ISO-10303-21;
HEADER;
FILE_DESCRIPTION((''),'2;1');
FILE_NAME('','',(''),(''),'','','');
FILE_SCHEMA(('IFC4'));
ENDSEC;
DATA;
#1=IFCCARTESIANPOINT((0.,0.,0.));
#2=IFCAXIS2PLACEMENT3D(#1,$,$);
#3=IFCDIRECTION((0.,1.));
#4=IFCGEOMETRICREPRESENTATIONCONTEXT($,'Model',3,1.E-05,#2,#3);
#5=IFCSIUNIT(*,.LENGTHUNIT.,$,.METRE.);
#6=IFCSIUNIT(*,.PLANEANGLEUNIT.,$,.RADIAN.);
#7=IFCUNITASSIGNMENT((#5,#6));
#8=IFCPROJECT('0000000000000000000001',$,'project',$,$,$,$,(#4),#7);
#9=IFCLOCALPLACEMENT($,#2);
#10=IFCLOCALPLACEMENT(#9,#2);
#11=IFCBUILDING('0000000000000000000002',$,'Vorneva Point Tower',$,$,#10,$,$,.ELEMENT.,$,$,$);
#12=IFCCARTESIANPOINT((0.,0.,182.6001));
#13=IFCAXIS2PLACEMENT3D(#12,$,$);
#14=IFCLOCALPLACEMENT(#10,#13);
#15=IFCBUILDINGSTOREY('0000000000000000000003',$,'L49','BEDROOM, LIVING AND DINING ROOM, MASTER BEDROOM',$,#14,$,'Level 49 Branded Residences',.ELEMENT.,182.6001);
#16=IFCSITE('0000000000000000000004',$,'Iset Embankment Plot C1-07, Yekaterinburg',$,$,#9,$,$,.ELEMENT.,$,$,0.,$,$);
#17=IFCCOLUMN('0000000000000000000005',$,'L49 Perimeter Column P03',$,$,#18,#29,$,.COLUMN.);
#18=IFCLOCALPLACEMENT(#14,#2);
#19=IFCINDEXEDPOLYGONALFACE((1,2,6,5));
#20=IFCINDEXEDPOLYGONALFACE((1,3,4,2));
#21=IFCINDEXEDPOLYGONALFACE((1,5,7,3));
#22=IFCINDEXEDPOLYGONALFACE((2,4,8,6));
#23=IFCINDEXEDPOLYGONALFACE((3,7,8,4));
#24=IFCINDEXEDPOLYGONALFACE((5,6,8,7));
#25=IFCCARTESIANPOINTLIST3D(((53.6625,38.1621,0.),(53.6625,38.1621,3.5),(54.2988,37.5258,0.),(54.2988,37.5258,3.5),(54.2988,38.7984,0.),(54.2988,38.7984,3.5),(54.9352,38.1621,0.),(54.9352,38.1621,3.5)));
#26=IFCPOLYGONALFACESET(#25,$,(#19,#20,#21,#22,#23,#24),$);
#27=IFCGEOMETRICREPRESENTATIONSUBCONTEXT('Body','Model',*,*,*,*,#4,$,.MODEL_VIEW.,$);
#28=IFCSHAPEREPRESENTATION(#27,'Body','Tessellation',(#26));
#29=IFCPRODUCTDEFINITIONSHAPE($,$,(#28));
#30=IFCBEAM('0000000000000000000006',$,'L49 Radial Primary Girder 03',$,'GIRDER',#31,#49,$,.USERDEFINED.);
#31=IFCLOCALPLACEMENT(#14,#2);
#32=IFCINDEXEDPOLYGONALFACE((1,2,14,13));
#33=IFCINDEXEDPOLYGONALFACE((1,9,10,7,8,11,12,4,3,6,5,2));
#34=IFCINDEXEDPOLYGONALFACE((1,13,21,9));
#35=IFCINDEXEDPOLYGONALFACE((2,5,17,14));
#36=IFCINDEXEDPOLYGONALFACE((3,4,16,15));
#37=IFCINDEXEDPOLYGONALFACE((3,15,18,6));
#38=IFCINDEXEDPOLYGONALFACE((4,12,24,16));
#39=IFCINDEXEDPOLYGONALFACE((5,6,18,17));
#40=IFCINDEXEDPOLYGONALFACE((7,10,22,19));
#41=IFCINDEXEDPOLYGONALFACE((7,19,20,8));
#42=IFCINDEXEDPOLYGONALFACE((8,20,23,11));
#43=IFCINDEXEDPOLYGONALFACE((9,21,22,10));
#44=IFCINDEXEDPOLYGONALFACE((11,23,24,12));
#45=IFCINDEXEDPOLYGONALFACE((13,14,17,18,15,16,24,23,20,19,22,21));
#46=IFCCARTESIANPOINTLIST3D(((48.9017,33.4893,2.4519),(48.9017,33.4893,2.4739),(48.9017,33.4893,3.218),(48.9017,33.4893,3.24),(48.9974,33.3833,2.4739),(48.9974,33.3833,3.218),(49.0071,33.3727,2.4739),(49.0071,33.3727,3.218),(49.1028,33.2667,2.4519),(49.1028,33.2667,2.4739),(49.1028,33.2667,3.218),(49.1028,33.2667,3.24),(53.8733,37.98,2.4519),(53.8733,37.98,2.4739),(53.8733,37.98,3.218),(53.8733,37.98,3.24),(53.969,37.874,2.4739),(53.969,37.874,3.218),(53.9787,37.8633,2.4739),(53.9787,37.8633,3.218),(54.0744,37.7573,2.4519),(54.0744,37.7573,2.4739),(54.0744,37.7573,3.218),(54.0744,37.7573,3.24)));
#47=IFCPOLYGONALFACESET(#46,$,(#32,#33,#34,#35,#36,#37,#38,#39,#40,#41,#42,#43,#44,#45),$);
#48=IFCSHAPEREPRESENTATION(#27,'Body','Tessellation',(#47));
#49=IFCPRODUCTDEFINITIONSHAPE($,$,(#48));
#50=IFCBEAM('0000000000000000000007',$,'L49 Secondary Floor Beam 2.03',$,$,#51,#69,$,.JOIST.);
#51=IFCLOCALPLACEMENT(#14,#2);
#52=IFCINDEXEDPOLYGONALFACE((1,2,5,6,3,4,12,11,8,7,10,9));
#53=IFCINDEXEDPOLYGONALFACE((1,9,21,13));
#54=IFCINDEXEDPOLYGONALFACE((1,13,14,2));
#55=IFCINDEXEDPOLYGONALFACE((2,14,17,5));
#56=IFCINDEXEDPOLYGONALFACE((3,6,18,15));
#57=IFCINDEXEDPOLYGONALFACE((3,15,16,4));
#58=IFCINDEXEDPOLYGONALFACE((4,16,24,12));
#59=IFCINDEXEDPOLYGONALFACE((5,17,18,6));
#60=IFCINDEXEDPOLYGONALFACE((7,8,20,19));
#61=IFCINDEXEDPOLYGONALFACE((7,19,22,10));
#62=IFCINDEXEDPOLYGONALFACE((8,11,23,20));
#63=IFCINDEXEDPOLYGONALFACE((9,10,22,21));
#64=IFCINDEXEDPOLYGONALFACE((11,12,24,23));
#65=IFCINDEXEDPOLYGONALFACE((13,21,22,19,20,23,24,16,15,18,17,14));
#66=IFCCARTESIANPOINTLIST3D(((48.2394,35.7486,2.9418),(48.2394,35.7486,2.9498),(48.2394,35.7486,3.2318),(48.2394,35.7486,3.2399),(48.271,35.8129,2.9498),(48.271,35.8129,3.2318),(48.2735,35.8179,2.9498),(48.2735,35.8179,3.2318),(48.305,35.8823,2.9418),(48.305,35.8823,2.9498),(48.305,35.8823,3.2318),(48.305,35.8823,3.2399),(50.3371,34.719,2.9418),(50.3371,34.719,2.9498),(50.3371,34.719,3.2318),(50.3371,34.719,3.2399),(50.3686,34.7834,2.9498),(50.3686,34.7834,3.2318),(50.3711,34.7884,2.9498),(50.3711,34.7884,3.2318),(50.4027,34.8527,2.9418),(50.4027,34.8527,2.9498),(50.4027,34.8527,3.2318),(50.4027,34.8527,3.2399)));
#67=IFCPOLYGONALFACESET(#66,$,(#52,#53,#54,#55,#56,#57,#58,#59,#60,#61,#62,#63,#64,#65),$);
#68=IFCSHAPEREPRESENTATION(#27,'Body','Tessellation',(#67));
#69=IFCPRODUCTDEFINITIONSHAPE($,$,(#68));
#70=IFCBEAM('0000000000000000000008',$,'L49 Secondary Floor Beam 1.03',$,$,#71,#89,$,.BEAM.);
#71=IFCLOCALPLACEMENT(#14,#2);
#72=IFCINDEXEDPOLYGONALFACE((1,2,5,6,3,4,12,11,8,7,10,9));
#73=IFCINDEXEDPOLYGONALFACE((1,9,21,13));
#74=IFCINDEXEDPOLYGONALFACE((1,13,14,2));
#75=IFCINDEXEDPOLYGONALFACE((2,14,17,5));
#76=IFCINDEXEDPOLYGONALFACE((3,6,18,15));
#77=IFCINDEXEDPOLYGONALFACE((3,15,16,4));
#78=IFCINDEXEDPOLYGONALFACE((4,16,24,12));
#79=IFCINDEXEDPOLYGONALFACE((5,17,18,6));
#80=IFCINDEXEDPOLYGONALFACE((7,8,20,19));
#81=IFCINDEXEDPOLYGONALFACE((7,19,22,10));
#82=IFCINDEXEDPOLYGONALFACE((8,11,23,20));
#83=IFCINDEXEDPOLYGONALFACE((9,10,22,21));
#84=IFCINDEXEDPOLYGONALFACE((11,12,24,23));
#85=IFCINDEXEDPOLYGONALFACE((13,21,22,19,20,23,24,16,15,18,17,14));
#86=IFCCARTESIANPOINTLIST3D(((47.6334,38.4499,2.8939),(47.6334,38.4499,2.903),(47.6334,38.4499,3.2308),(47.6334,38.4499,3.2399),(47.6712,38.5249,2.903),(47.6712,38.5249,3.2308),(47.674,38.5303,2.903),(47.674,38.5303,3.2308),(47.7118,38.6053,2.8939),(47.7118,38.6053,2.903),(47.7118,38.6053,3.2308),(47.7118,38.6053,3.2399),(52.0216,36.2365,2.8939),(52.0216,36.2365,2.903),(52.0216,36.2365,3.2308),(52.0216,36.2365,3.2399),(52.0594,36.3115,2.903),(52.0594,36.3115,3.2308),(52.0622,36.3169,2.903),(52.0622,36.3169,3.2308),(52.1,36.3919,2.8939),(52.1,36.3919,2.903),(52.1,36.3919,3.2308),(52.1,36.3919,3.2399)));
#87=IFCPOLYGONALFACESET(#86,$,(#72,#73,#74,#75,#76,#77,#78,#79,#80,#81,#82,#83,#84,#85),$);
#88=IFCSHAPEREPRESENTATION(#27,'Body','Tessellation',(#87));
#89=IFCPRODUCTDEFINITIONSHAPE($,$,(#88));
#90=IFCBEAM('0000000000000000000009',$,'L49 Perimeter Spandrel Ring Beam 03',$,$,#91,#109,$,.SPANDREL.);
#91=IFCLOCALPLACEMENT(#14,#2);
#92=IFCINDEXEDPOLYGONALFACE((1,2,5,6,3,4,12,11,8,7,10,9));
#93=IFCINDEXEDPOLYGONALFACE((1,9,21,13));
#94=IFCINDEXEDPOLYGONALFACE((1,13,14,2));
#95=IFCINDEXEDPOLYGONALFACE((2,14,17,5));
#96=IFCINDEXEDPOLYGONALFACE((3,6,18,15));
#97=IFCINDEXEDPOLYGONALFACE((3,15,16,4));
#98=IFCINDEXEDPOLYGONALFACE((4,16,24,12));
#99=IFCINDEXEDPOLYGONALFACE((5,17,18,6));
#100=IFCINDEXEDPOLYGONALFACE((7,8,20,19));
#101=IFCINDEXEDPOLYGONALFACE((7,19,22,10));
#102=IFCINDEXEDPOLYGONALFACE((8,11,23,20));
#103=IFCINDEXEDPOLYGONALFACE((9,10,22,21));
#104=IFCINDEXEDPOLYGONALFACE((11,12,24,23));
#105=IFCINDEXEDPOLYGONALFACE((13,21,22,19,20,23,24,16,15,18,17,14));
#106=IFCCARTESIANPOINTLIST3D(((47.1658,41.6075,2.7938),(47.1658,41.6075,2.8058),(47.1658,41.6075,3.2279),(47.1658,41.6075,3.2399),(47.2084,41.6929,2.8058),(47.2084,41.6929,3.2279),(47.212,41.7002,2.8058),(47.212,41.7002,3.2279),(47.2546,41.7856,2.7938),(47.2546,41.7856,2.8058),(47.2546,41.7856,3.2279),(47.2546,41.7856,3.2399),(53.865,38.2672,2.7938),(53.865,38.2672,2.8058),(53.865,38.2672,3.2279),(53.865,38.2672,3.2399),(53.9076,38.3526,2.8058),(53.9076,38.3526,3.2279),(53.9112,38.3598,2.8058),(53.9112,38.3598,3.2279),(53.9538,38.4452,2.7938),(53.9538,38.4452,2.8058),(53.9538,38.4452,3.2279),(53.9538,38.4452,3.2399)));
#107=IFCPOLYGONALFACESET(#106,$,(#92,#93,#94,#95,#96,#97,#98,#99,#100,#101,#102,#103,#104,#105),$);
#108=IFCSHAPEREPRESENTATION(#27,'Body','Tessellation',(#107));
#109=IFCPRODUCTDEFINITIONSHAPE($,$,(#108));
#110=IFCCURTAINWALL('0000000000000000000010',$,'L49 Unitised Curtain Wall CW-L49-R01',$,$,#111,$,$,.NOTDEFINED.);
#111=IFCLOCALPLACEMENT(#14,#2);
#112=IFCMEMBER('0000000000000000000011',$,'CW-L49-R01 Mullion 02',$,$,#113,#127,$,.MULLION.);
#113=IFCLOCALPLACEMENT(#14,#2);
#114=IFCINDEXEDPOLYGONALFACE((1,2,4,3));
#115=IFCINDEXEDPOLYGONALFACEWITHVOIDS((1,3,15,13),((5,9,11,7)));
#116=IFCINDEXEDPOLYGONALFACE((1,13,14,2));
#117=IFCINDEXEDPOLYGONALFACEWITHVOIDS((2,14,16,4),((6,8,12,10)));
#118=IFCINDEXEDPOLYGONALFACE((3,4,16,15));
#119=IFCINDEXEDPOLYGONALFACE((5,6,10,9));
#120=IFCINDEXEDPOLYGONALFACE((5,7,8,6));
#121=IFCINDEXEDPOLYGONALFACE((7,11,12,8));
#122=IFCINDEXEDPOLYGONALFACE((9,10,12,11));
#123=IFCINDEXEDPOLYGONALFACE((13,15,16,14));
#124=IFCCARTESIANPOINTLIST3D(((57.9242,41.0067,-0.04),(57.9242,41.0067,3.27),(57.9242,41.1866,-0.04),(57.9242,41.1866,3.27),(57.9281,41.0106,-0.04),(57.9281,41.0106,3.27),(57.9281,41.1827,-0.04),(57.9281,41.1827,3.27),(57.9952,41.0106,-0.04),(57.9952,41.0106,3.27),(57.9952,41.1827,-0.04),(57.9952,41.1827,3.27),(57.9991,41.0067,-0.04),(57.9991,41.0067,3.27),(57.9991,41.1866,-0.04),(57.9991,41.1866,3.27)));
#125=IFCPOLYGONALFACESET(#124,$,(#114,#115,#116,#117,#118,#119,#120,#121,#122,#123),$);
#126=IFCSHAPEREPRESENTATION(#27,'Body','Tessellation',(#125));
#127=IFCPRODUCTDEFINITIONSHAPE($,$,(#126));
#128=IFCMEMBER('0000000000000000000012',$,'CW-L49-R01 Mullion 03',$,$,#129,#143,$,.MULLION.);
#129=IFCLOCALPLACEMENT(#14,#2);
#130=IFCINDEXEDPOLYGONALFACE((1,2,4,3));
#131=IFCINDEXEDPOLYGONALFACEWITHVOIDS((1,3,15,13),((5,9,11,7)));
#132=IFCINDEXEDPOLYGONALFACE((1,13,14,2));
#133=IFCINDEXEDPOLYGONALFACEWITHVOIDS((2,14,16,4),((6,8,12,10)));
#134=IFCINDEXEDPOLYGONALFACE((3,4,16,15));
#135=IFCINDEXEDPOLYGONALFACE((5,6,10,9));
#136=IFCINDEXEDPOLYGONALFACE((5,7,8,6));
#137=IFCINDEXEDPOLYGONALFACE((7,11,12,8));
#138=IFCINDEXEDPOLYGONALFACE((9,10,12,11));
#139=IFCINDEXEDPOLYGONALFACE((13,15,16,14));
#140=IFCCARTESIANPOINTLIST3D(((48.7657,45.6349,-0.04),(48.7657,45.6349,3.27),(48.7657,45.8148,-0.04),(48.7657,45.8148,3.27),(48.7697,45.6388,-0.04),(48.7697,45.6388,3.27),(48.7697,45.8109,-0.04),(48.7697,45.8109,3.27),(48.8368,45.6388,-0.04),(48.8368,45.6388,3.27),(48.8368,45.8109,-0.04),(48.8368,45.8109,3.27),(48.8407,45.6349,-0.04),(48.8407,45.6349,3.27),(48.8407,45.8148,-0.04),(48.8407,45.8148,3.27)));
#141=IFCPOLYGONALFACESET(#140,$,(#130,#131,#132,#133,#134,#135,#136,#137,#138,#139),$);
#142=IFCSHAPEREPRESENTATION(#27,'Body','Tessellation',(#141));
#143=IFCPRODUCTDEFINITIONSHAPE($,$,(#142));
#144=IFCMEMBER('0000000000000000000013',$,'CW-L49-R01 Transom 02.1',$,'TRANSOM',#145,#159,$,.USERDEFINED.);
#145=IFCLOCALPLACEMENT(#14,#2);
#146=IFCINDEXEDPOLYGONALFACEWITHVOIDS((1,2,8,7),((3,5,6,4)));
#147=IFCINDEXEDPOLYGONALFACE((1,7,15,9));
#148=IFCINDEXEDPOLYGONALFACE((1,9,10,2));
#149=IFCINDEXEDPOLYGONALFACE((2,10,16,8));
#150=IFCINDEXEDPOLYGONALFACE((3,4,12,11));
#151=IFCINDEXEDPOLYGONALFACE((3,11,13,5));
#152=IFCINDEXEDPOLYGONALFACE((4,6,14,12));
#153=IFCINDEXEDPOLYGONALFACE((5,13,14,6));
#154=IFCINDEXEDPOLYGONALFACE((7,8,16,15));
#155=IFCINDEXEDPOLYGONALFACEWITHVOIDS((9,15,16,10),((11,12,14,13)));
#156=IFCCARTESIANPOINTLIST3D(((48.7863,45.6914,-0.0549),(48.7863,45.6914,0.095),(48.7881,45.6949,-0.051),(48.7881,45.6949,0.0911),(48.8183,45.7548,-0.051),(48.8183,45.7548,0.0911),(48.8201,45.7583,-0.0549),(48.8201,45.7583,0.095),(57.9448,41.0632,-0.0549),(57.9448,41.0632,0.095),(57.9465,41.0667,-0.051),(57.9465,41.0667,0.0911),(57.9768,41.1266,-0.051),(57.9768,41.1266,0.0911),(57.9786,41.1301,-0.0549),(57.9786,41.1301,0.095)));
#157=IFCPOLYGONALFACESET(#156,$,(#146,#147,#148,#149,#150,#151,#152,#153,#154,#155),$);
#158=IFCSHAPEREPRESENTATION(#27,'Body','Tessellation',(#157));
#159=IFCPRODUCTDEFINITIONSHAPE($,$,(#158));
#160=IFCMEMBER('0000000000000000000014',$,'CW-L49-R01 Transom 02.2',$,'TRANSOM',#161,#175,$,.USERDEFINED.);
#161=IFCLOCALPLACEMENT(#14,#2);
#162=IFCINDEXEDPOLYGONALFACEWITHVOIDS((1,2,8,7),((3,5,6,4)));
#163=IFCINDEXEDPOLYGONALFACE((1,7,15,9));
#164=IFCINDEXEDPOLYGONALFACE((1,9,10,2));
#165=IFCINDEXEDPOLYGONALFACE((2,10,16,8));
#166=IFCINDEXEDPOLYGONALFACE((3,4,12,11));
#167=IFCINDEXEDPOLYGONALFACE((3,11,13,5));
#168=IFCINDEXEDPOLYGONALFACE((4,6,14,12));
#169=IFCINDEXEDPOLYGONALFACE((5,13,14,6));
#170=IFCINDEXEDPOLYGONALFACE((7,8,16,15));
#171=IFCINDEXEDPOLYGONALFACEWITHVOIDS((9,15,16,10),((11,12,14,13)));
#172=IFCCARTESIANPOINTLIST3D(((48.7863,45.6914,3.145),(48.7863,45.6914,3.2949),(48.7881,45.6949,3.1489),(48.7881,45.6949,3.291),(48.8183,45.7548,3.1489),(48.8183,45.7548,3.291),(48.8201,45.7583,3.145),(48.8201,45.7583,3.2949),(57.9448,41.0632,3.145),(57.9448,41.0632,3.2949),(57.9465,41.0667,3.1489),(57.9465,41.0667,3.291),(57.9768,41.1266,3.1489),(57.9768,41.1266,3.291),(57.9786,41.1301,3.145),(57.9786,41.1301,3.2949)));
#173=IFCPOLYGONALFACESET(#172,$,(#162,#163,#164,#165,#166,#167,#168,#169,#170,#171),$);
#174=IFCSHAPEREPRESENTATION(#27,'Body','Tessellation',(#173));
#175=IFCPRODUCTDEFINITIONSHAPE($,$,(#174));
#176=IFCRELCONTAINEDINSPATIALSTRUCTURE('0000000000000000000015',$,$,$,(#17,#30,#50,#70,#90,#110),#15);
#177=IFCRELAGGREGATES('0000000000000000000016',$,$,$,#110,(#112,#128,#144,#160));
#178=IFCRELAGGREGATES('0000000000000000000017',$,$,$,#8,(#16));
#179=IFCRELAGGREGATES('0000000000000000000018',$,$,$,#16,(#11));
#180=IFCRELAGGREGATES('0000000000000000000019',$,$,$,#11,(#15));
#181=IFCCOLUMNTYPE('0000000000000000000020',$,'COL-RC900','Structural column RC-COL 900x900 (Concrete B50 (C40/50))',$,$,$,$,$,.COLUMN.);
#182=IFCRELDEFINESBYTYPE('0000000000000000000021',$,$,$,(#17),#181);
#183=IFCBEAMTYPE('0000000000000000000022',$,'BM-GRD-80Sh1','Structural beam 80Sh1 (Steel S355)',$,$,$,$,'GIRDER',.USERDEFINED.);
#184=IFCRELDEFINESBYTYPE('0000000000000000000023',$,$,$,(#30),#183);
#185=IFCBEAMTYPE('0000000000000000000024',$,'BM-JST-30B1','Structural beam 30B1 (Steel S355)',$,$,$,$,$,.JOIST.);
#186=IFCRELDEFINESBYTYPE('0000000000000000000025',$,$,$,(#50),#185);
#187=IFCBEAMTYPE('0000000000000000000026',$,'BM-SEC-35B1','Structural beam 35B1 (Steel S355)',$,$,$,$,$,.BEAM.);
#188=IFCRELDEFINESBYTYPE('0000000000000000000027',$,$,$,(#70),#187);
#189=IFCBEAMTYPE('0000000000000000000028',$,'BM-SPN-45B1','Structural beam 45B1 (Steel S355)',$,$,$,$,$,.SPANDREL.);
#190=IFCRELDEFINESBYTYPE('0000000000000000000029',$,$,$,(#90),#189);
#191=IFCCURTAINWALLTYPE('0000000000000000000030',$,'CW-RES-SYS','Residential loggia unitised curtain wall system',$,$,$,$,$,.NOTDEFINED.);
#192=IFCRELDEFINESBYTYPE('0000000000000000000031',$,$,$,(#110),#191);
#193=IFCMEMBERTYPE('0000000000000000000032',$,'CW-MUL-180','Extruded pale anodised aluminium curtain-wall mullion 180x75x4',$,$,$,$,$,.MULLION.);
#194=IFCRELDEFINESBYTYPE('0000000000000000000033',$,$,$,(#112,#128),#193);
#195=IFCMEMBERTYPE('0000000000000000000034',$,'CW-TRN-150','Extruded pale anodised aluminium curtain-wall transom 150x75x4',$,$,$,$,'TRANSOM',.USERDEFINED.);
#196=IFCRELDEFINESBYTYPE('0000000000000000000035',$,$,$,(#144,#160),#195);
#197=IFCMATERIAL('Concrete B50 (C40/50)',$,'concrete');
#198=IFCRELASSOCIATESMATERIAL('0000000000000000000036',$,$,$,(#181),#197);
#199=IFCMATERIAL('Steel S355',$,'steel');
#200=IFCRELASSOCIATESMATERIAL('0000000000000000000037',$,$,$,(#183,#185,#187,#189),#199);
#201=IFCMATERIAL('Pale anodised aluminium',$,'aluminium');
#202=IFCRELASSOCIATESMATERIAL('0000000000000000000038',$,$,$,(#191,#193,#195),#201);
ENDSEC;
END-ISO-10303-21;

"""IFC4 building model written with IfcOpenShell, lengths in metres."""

from ifc_helpers import new_model, si_unit, direction, frame, origin, origin_2d, place, context, subcontext, project, spatial, rectangle, hollow_rectangle, i_section, extrude, material, material_profile, profile_set, type_object, element, aggregate, save


model = new_model("IFC4")

# Units and contexts
model_context = context("Model", 3, precision=1e-05, world=origin(), true_north=direction((0.0, 1.0)))
body_context = subcontext(model_context, "Body", "Model", "MODEL_VIEW")
ifc_project = project(units=[si_unit("LENGTHUNIT", "METRE"), si_unit("PLANEANGLEUNIT", "RADIAN")], contexts=[model_context])

# Site, building, storey
site_placement = place(None, origin())
site = spatial("IfcSite", under=ifc_project, at=site_placement, Name="Iset Embankment Plot C1-07, Yekaterinburg", CompositionType="ELEMENT", RefElevation=0.0)
building_placement = place(site_placement, origin())
building = spatial("IfcBuilding", under=site, at=building_placement, Name="Vorneva Point Tower", CompositionType="ELEMENT")
storey_placement = place(building_placement, frame((0.0, 0.0, 182.6001)))
storey = spatial("IfcBuildingStorey", under=building, at=storey_placement, Name="L49", Description="BEDROOM, LIVING AND DINING ROOM, MASTER BEDROOM", LongName="Level 49 Branded Residences", CompositionType="ELEMENT", Elevation=182.6001)

# Column
ifc_material_1 = material(Name="Concrete B50 (C40/50)", Category="concrete")
ifc_material_profile_1 = material_profile(ifc_material_1, rectangle(XDim=0.8999, YDim=0.8999, at=origin_2d()), Name="RC-COL 900x900")
ifc_profile_set_1 = profile_set([ifc_material_profile_1], Name="Concrete B50 (C40/50)")
column_type = type_object("IfcColumnType", Name="COL-RC900", Description="Structural column RC-COL 900x900 (Concrete B50 (C40/50))", PredefinedType="COLUMN", material=ifc_profile_set_1)
column_placement = place(storey_placement, frame((54.2988, 38.1621, 0.0), z_axis=(0.0, 0.0, 1.0), x_axis=(0.707107, 0.707107, 0.0)))
element("IfcColumn", 1, at=column_placement, inside=storey, type_object=column_type, Name="L49 Perimeter Column P03", PredefinedType="COLUMN", context=body_context, shape_type="SweptSolid", body=[
    extrude(rectangle(XDim=0.8999, YDim=0.8999, at=origin_2d()), origin(), (0.0, 0.0, 1.0), 3.5),
])

# Beams
ifc_material_2 = material(Name="Steel S355", Category="steel")
ifc_material_profile_2 = material_profile(ifc_material_2, i_section(OverallWidth=0.3, OverallDepth=0.7881, WebThickness=0.0144, FlangeThickness=0.022, at=origin_2d()), Name="80Sh1")
ifc_profile_set_2 = profile_set([ifc_material_profile_2], Name="Steel S355")
beam_type_1 = type_object("IfcBeamType", Name="BM-GRD-80Sh1", Description="Structural beam 80Sh1 (Steel S355)", ElementType="GIRDER", PredefinedType="USERDEFINED", material=ifc_profile_set_2)
beam_1_placement = place(storey_placement, frame((53.9739, 37.8687, 2.8459), z_axis=(-0.74209, -0.670301, 0.0), x_axis=(0.670301, -0.74209, 0.0)))
element("IfcBeam", 2, at=beam_1_placement, inside=storey, type_object=beam_type_1, Name="L49 Radial Primary Girder 03", ObjectType="GIRDER", PredefinedType="USERDEFINED", context=body_context, shape_type="SweptSolid", body=[
    extrude(i_section(OverallWidth=0.3, OverallDepth=0.7881, WebThickness=0.0144, FlangeThickness=0.022, at=origin_2d()), origin(), (0.0, 0.0, 1.0), 6.6995),
])
ifc_material_profile_3 = material_profile(ifc_material_2, i_section(OverallWidth=0.1489, OverallDepth=0.2981, WebThickness=0.0056, FlangeThickness=0.0081, at=origin_2d()), Name="30B1")
ifc_profile_set_3 = profile_set([ifc_material_profile_3], Name="Steel S355")
beam_type_2 = type_object("IfcBeamType", Name="BM-JST-30B1", Description="Structural beam 30B1 (Steel S355)", PredefinedType="JOIST", material=ifc_profile_set_3)
beam_2_placement = place(storey_placement, frame((50.3699, 34.7859, 3.0908), z_axis=(-0.897704, 0.440598, 0.0), x_axis=(-0.440598, -0.897704, 0.0)))
element("IfcBeam", 3, at=beam_2_placement, inside=storey, type_object=beam_type_2, Name="L49 Secondary Floor Beam 2.03", PredefinedType="JOIST", context=body_context, shape_type="SweptSolid", body=[
    extrude(i_section(OverallWidth=0.1489, OverallDepth=0.2981, WebThickness=0.0056, FlangeThickness=0.0081, at=origin_2d()), origin(), (0.0, 0.0, 1.0), 2.3367),
])
ifc_material_profile_4 = material_profile(ifc_material_2, i_section(OverallWidth=0.1741, OverallDepth=0.3459, WebThickness=0.0061, FlangeThickness=0.009, at=origin_2d()), Name="35B1")
ifc_profile_set_4 = profile_set([ifc_material_profile_4], Name="Steel S355")
beam_type_3 = type_object("IfcBeamType", Name="BM-SEC-35B1", Description="Structural beam 35B1 (Steel S355)", PredefinedType="BEAM", material=ifc_profile_set_4)
beam_3_placement = place(storey_placement, frame((52.0608, 36.3142, 3.0669), z_axis=(-0.892852, 0.45035, 0.0), x_axis=(-0.45035, -0.892852, 0.0)))
element("IfcBeam", 4, at=beam_3_placement, inside=storey, type_object=beam_type_3, Name="L49 Secondary Floor Beam 1.03", PredefinedType="BEAM", context=body_context, shape_type="SweptSolid", body=[
    extrude(i_section(OverallWidth=0.1741, OverallDepth=0.3459, WebThickness=0.0061, FlangeThickness=0.009, at=origin_2d()), origin(), (0.0, 0.0, 1.0), 4.9148),
])
ifc_material_profile_5 = material_profile(ifc_material_2, i_section(OverallWidth=0.199, OverallDepth=0.446, WebThickness=0.0081, FlangeThickness=0.012, at=origin_2d()), Name="45B1")
ifc_profile_set_5 = profile_set([ifc_material_profile_5], Name="Steel S355")
beam_type_4 = type_object("IfcBeamType", Name="BM-SPN-45B1", Description="Structural beam 45B1 (Steel S355)", PredefinedType="SPANDREL", material=ifc_profile_set_5)
beam_4_placement = place(storey_placement, frame((53.9094, 38.3562, 3.0168), z_axis=(-0.894922, 0.446222, 0.0), x_axis=(-0.446222, -0.894922, 0.0)))
element("IfcBeam", 5, at=beam_4_placement, inside=storey, type_object=beam_type_4, Name="L49 Perimeter Spandrel Ring Beam 03", PredefinedType="SPANDREL", context=body_context, shape_type="SweptSolid", body=[
    extrude(i_section(OverallWidth=0.199, OverallDepth=0.446, WebThickness=0.0081, FlangeThickness=0.012, at=origin_2d()), origin(), (0.0, 0.0, 1.0), 7.4858),
])

# Curtain wall, members
ifc_material_3 = material(Name="Pale anodised aluminium", Category="aluminium")
curtain_wall_type = type_object("IfcCurtainWallType", Name="CW-RES-SYS", Description="Residential loggia unitised curtain wall system", PredefinedType="NOTDEFINED", material=ifc_material_3)
curtain_wall_placement = place(storey_placement, origin())
curtain_wall = element("IfcCurtainWall", 6, at=curtain_wall_placement, inside=storey, type_object=curtain_wall_type, Name="L49 Unitised Curtain Wall CW-L49-R01", PredefinedType="NOTDEFINED")
ifc_material_profile_6 = material_profile(ifc_material_3, hollow_rectangle(XDim=0.075, YDim=0.1799, WallThickness=0.0039, at=origin_2d()), Name="AL-MUL 180x75x4")
ifc_profile_set_6 = profile_set([ifc_material_profile_6], Name="Pale anodised aluminium")
member_type_1 = type_object("IfcMemberType", Name="CW-MUL-180", Description="Extruded pale anodised aluminium curtain-wall mullion 180x75x4", PredefinedType="MULLION", material=ifc_profile_set_6)
member_1_placement = place(storey_placement, frame((57.9617, 41.0967, -0.04), z_axis=(0.0, 0.0, 1.0), x_axis=(1.0, 0.0, 0.0)))
member_1 = element("IfcMember", 7, at=member_1_placement, type_object=member_type_1, Name="CW-L49-R01 Mullion 02", PredefinedType="MULLION", context=body_context, shape_type="SweptSolid", body=[
    extrude(hollow_rectangle(XDim=0.075, YDim=0.1799, WallThickness=0.0039, at=origin_2d()), origin(), (0.0, 0.0, 1.0), 3.3101),
])
member_2_placement = place(storey_placement, frame((48.8032, 45.7249, -0.04), z_axis=(0.0, 0.0, 1.0), x_axis=(1.0, 0.0, 0.0)))
member_2 = element("IfcMember", 8, at=member_2_placement, type_object=member_type_1, Name="CW-L49-R01 Mullion 03", PredefinedType="MULLION", context=body_context, shape_type="SweptSolid", body=[
    extrude(hollow_rectangle(XDim=0.075, YDim=0.1799, WallThickness=0.0039, at=origin_2d()), origin(), (0.0, 0.0, 1.0), 3.3101),
])
ifc_material_profile_7 = material_profile(ifc_material_3, hollow_rectangle(XDim=0.075, YDim=0.1499, WallThickness=0.0039, at=origin_2d()), Name="AL-TRN 150x75x4")
ifc_profile_set_7 = profile_set([ifc_material_profile_7], Name="Pale anodised aluminium")
member_type_2 = type_object("IfcMemberType", Name="CW-TRN-150", Description="Extruded pale anodised aluminium curtain-wall transom 150x75x4", ElementType="TRANSOM", PredefinedType="USERDEFINED", material=ifc_profile_set_7)
member_3_placement = place(storey_placement, frame((57.9617, 41.0967, 0.02), z_axis=(-0.892511, 0.451026, 0.0), x_axis=(-0.451026, -0.892511, 0.0)))
member_3 = element("IfcMember", 9, at=member_3_placement, type_object=member_type_2, Name="CW-L49-R01 Transom 02.1", ObjectType="TRANSOM", PredefinedType="USERDEFINED", context=body_context, shape_type="SweptSolid", body=[
    extrude(hollow_rectangle(XDim=0.075, YDim=0.1499, WallThickness=0.0039, at=origin_2d()), origin(), (0.0, 0.0, 1.0), 10.2615),
])
member_4_placement = place(storey_placement, frame((57.9617, 41.0967, 3.22), z_axis=(-0.892511, 0.451026, 0.0), x_axis=(-0.451026, -0.892511, 0.0)))
member_4 = element("IfcMember", 10, at=member_4_placement, type_object=member_type_2, Name="CW-L49-R01 Transom 02.2", ObjectType="TRANSOM", PredefinedType="USERDEFINED", context=body_context, shape_type="SweptSolid", body=[
    extrude(hollow_rectangle(XDim=0.075, YDim=0.1499, WallThickness=0.0039, at=origin_2d()), origin(), (0.0, 0.0, 1.0), 10.2615),
])
aggregate(curtain_wall, [member_1, member_2, member_3, member_4])

save(model, "model.ifc")
